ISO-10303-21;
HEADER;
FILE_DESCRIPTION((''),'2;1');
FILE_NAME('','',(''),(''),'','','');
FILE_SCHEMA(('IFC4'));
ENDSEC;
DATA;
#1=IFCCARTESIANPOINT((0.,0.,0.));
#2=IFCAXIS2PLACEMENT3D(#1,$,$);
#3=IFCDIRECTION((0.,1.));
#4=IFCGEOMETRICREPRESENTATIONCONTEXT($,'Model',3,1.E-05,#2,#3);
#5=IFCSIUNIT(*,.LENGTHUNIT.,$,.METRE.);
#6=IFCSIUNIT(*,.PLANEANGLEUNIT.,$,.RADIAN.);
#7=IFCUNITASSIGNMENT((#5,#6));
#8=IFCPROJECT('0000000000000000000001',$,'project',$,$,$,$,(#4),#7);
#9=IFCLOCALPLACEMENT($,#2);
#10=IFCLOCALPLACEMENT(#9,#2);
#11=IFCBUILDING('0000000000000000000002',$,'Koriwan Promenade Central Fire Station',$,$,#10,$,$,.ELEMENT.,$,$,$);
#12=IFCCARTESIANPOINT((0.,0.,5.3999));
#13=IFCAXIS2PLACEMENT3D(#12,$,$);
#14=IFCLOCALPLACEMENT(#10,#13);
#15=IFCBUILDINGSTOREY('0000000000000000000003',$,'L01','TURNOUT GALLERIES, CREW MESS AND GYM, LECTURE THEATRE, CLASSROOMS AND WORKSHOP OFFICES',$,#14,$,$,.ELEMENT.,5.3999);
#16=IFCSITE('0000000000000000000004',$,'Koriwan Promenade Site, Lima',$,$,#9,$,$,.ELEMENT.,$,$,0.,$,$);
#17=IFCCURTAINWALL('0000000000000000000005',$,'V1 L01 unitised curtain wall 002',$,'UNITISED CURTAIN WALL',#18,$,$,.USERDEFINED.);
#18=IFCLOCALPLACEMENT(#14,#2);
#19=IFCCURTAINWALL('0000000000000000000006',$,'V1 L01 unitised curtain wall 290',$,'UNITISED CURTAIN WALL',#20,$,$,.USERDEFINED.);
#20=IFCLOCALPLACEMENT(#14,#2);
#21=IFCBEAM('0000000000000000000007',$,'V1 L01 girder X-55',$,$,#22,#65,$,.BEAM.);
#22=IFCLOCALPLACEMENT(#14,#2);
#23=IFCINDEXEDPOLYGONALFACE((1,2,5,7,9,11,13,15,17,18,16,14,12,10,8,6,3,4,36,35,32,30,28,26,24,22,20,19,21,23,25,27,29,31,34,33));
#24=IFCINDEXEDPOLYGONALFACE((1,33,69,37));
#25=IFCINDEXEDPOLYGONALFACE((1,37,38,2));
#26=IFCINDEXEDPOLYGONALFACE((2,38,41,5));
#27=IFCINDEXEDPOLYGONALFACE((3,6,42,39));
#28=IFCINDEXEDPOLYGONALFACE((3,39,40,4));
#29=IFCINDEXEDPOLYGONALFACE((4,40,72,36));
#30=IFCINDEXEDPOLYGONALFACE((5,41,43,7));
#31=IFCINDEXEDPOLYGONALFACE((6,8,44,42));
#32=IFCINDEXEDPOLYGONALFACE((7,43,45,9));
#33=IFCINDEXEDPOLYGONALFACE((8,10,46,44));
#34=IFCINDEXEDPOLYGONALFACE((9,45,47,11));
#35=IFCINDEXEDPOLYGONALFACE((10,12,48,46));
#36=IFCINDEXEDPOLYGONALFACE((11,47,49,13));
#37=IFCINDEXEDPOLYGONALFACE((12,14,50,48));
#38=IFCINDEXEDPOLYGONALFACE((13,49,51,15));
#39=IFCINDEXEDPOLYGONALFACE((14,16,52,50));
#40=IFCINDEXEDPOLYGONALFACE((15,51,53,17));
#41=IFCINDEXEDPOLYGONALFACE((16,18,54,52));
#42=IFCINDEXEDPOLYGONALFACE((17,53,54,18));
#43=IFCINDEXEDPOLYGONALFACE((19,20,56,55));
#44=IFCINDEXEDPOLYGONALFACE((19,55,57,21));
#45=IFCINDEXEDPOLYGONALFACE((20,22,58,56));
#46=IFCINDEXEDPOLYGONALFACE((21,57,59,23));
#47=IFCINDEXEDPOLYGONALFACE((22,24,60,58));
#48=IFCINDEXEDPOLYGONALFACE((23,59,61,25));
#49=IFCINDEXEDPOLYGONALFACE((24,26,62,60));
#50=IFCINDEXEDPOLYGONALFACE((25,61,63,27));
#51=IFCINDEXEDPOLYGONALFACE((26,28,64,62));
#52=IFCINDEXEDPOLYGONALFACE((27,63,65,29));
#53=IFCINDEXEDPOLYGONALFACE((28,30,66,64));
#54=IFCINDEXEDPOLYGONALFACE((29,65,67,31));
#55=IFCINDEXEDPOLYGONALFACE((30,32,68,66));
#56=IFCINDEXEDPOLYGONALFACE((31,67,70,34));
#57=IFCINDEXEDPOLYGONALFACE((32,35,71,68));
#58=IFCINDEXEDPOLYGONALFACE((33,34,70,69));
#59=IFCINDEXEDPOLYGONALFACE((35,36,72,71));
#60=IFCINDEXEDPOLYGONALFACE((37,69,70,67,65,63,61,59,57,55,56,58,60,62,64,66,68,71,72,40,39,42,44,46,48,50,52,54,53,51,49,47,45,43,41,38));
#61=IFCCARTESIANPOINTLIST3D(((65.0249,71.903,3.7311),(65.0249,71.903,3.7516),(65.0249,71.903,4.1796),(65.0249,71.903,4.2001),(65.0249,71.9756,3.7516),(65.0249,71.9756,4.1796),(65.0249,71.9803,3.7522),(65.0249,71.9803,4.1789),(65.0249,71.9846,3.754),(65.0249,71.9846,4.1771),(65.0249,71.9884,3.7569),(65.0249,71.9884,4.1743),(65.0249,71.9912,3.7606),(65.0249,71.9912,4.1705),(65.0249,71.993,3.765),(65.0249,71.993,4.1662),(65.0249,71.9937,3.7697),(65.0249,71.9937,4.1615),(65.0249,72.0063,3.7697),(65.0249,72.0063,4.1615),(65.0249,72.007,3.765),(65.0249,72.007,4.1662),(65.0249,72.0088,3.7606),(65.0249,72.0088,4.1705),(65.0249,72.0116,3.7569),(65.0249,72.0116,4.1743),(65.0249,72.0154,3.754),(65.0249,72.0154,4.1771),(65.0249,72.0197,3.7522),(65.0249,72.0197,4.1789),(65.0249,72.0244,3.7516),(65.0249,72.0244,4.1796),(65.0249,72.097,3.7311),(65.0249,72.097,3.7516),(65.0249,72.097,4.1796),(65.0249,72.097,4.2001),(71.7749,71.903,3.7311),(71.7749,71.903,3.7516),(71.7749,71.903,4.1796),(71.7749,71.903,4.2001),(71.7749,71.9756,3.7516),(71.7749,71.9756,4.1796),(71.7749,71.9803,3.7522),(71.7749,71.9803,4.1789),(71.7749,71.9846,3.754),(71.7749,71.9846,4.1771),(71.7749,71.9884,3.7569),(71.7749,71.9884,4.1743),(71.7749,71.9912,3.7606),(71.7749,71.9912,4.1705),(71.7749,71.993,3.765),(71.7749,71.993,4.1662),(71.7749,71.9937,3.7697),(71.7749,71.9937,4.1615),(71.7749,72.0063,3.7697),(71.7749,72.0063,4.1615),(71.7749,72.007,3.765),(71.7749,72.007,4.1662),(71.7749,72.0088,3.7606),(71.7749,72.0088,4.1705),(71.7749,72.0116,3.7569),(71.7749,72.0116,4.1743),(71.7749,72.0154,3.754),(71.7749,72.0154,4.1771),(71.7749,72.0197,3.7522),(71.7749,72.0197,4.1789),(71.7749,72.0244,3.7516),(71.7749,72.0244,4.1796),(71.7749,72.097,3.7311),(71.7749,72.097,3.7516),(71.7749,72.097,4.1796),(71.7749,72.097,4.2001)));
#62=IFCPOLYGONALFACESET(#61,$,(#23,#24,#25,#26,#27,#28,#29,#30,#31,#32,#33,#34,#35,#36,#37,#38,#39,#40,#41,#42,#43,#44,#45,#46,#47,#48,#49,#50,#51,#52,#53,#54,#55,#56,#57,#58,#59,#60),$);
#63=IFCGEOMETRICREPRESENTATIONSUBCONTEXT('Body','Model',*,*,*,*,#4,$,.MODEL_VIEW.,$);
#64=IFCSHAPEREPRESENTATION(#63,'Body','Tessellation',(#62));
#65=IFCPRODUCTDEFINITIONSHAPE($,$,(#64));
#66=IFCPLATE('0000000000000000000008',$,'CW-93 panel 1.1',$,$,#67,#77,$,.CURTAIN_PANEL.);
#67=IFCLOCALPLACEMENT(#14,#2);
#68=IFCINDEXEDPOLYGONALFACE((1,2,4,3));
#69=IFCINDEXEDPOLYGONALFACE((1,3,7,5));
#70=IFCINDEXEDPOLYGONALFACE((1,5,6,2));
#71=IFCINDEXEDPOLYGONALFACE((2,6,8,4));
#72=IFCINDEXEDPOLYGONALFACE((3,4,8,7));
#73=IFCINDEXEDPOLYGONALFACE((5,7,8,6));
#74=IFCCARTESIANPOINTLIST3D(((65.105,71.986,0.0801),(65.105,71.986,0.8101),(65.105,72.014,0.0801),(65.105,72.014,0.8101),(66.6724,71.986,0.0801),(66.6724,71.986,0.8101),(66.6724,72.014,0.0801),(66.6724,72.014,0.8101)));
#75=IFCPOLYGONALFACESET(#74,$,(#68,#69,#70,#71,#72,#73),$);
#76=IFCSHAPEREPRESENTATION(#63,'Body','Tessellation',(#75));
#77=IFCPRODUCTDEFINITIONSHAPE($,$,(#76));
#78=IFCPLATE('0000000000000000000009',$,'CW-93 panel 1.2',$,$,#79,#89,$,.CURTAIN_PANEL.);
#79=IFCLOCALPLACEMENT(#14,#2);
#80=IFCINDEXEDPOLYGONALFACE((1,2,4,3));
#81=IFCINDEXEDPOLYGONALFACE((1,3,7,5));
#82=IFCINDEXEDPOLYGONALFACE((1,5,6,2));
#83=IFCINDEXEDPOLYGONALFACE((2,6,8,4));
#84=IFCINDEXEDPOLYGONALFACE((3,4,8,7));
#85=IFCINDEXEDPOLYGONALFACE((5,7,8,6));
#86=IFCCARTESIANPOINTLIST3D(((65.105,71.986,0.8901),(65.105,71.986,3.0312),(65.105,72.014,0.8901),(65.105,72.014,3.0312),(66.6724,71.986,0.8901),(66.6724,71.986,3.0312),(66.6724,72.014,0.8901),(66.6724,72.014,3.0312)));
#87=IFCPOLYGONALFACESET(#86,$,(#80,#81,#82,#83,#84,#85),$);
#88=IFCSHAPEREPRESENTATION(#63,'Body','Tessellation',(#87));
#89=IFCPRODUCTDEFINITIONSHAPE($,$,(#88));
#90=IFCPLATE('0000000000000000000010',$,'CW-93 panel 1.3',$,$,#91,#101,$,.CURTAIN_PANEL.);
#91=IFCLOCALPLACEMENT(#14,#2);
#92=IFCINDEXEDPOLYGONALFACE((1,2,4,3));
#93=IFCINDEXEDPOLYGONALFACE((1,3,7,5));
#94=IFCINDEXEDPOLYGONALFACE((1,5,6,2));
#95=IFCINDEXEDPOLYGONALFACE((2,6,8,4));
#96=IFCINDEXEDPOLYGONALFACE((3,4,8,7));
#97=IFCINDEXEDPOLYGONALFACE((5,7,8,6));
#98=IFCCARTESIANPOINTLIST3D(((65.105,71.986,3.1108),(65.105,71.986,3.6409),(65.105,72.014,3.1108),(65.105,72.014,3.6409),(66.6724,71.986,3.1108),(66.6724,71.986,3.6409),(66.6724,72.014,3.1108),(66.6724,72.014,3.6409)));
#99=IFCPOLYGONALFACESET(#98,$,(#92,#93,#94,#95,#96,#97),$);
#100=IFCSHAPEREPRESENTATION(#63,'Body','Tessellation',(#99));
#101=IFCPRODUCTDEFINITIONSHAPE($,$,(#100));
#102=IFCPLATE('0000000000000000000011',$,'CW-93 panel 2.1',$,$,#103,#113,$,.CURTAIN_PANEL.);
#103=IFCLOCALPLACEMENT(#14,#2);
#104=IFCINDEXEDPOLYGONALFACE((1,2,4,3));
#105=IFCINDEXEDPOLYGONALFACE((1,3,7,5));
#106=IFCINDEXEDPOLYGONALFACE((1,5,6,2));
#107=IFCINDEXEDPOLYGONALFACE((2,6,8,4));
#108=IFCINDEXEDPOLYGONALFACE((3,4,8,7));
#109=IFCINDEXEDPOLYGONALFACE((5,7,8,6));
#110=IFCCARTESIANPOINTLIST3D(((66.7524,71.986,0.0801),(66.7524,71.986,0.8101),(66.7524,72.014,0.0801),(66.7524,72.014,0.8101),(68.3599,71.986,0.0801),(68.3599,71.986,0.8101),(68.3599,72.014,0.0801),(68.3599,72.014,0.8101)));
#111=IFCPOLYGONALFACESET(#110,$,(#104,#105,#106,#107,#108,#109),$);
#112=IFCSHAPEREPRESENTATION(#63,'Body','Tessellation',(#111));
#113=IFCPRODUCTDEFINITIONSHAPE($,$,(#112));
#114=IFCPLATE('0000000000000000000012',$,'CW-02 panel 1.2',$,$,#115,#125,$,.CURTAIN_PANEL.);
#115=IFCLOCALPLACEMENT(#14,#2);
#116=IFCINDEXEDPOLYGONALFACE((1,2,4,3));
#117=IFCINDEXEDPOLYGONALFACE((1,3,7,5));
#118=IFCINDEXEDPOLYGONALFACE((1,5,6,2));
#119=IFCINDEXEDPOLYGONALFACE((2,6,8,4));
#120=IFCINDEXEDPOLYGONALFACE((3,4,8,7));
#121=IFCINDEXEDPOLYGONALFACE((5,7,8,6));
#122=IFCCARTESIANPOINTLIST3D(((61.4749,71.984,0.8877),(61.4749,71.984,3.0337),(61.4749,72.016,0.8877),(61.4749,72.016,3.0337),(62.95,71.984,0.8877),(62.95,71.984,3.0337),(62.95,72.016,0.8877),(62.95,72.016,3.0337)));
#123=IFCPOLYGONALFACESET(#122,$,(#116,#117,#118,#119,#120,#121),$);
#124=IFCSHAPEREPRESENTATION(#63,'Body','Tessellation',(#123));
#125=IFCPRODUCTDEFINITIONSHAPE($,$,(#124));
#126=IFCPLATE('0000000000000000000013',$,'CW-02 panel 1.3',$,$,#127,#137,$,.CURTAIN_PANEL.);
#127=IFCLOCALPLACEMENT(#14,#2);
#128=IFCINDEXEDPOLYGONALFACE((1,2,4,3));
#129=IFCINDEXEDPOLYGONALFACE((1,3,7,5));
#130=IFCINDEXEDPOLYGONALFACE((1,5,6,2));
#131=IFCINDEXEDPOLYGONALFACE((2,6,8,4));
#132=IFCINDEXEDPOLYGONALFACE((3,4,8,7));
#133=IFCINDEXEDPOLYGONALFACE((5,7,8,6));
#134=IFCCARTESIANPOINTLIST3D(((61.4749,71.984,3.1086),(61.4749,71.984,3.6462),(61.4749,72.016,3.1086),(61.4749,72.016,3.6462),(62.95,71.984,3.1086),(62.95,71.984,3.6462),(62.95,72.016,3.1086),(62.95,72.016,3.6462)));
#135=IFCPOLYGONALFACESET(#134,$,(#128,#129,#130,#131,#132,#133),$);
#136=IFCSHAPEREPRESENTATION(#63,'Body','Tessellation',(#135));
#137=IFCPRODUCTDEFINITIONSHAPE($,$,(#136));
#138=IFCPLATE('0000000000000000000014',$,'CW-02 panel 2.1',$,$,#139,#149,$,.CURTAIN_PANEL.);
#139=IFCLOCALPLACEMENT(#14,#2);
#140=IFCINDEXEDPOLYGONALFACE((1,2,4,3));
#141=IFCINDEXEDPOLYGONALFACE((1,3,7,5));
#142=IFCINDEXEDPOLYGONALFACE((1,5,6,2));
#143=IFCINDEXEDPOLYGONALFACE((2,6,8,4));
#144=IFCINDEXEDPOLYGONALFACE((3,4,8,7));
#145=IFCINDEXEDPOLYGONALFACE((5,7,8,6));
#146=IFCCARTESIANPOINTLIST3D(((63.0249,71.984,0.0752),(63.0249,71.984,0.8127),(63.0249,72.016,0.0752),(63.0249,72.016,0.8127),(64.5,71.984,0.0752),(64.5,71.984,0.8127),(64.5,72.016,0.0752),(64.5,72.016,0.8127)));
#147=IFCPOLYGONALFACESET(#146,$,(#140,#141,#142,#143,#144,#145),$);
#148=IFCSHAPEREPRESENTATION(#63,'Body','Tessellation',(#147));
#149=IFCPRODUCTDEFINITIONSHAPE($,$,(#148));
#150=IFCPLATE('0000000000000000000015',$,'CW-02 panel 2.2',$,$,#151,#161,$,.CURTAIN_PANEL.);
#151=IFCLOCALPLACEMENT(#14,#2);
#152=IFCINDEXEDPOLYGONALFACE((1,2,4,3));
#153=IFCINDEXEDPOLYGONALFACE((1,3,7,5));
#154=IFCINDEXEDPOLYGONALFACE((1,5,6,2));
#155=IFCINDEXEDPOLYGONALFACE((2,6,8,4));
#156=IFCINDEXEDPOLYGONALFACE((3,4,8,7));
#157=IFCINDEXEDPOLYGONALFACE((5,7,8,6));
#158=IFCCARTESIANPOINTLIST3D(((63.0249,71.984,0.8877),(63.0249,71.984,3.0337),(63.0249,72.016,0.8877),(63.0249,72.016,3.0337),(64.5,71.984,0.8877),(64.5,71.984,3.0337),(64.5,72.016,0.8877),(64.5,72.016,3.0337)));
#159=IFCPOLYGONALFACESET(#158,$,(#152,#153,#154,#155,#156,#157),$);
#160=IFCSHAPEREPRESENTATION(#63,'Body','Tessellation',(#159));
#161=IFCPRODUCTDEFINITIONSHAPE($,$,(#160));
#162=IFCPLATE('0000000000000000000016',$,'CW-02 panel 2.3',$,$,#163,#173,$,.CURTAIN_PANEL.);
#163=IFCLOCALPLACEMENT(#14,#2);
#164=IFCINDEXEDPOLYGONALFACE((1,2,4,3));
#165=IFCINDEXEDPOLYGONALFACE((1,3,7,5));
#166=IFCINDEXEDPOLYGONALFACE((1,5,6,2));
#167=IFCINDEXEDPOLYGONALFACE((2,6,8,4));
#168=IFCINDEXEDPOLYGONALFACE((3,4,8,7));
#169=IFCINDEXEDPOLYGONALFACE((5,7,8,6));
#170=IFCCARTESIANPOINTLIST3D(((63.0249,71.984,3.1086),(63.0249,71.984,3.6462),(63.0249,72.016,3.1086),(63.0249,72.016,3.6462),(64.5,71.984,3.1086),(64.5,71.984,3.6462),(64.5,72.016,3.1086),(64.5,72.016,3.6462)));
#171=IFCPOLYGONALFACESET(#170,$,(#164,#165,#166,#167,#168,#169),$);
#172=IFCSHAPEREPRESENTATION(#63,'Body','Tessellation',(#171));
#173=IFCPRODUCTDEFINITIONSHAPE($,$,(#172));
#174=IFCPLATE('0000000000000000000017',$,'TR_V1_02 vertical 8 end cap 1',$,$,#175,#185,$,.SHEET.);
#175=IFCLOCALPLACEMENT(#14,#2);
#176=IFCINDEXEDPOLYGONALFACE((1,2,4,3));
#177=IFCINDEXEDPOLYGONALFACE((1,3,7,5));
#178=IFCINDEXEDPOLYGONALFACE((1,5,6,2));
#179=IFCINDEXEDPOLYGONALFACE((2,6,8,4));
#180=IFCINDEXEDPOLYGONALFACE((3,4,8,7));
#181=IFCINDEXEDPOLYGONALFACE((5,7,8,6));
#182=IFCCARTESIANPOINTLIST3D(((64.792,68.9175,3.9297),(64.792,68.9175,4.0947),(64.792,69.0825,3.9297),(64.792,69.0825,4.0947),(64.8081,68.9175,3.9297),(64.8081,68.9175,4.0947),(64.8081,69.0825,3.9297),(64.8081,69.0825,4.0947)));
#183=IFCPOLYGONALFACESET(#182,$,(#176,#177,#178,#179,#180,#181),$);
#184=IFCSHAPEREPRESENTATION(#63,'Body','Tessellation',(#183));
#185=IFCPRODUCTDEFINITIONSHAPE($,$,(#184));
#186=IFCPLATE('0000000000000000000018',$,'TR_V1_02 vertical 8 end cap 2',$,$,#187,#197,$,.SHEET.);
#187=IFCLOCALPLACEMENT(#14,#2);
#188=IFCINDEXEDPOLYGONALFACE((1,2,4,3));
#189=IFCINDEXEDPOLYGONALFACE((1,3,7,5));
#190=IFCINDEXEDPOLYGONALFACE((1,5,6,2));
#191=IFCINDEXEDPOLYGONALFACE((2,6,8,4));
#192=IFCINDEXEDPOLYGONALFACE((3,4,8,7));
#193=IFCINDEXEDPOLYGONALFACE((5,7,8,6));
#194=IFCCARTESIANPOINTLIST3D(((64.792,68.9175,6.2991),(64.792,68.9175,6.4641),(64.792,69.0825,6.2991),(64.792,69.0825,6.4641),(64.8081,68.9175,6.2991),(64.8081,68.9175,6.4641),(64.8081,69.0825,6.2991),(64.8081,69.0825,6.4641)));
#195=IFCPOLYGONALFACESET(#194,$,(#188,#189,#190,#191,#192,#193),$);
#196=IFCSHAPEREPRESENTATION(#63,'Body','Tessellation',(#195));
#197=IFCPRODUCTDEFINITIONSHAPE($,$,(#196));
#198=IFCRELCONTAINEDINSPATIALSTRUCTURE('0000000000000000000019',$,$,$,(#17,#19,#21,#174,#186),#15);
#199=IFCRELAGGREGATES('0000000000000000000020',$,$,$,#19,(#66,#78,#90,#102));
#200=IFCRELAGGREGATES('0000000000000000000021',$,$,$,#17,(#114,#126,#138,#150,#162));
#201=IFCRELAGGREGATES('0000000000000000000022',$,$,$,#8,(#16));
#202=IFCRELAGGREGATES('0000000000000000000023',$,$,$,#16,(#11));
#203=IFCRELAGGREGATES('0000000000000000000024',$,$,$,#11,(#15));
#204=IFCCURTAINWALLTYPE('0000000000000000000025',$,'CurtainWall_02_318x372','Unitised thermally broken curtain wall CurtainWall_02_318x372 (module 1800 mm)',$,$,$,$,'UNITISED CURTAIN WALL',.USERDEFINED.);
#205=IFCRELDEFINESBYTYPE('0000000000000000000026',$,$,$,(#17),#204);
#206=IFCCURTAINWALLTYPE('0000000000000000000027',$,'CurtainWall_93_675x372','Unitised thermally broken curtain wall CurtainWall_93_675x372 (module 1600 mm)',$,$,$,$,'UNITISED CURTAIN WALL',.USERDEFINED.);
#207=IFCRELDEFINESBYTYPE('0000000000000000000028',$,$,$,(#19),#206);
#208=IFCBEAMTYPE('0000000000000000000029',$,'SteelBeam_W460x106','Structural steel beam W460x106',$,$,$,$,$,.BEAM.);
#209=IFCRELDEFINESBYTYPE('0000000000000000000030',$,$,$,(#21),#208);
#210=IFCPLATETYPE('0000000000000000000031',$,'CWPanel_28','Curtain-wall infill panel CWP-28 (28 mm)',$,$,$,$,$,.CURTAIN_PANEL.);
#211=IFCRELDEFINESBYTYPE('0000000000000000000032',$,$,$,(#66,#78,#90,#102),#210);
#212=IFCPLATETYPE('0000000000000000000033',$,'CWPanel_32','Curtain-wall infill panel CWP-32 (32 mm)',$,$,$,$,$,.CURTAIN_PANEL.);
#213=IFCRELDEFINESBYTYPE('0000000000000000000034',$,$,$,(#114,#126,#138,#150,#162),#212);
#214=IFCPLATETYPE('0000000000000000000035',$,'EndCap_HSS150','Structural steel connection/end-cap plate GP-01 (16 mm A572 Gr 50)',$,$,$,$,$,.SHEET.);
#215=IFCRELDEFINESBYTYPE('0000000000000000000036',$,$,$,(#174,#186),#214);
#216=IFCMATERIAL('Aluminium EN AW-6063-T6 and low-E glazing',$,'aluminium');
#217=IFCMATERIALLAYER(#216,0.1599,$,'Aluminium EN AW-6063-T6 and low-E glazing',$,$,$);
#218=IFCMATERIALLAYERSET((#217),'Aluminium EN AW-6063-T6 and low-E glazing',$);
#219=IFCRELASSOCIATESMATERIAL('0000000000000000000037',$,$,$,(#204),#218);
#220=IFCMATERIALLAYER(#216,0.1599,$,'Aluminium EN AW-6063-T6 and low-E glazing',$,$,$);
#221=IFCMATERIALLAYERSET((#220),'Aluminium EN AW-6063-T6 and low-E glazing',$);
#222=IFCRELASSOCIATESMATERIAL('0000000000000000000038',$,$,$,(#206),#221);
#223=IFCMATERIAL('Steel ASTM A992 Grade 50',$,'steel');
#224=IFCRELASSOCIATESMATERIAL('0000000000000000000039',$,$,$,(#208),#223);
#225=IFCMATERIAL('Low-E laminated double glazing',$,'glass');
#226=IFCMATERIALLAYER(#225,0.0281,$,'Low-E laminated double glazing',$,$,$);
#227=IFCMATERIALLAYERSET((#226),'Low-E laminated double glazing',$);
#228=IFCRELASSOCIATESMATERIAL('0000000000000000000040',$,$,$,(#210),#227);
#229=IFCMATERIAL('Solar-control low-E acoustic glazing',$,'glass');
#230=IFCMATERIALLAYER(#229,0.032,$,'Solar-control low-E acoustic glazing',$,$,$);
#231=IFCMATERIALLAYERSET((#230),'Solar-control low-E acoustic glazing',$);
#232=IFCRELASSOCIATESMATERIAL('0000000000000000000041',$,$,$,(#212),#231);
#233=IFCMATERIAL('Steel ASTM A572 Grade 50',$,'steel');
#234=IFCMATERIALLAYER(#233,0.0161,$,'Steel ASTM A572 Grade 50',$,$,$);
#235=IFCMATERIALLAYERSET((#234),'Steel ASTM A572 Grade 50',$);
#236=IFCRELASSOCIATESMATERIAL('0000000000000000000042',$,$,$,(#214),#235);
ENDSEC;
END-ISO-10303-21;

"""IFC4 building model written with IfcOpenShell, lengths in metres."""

from ifc_helpers import new_model, si_unit, direction, frame, origin, origin_2d, place, context, subcontext, project, spatial, rectangle, i_section, extrude, material, layer, layer_set, material_profile, profile_set, type_object, element, aggregate, save


model = new_model("IFC4")

# Units and contexts
model_context = context("Model", 3, precision=1e-05, world=origin(), true_north=direction((0.0, 1.0)))
body_context = subcontext(model_context, "Body", "Model", "MODEL_VIEW")
ifc_project = project(units=[si_unit("LENGTHUNIT", "METRE"), si_unit("PLANEANGLEUNIT", "RADIAN")], contexts=[model_context])

# Site, building, storey
site_placement = place(None, origin())
site = spatial("IfcSite", under=ifc_project, at=site_placement, Name="Koriwan Promenade Site, Lima", CompositionType="ELEMENT", RefElevation=0.0)
building_placement = place(site_placement, origin())
building = spatial("IfcBuilding", under=site, at=building_placement, Name="Koriwan Promenade Central Fire Station", CompositionType="ELEMENT")
storey_placement = place(building_placement, frame((0.0, 0.0, 5.3999)))
storey = spatial("IfcBuildingStorey", under=building, at=storey_placement, Name="L01", Description="TURNOUT GALLERIES, CREW MESS AND GYM, LECTURE THEATRE, CLASSROOMS AND WORKSHOP OFFICES", CompositionType="ELEMENT", Elevation=5.3999)

# Curtain walls
ifc_material_1 = material(Name="Aluminium EN AW-6063-T6 and low-E glazing", Category="aluminium")
ifc_layer_1 = layer(ifc_material_1, 0.1599, Name="Aluminium EN AW-6063-T6 and low-E glazing")
ifc_layer_set_1 = layer_set([ifc_layer_1], Name="Aluminium EN AW-6063-T6 and low-E glazing")
curtain_wall_type_1 = type_object("IfcCurtainWallType", Name="CurtainWall_02_318x372", Description="Unitised thermally broken curtain wall CurtainWall_02_318x372 (module 1800 mm)", ElementType="UNITISED CURTAIN WALL", PredefinedType="USERDEFINED", material=ifc_layer_set_1)
curtain_wall_1_placement = place(storey_placement, origin())
curtain_wall_1 = element("IfcCurtainWall", 1, at=curtain_wall_1_placement, inside=storey, type_object=curtain_wall_type_1, Name="V1 L01 unitised curtain wall 002", ObjectType="UNITISED CURTAIN WALL", PredefinedType="USERDEFINED")
ifc_layer_2 = layer(ifc_material_1, 0.1599, Name="Aluminium EN AW-6063-T6 and low-E glazing")
ifc_layer_set_2 = layer_set([ifc_layer_2], Name="Aluminium EN AW-6063-T6 and low-E glazing")
curtain_wall_type_2 = type_object("IfcCurtainWallType", Name="CurtainWall_93_675x372", Description="Unitised thermally broken curtain wall CurtainWall_93_675x372 (module 1600 mm)", ElementType="UNITISED CURTAIN WALL", PredefinedType="USERDEFINED", material=ifc_layer_set_2)
curtain_wall_2_placement = place(storey_placement, origin())
curtain_wall_2 = element("IfcCurtainWall", 2, at=curtain_wall_2_placement, inside=storey, type_object=curtain_wall_type_2, Name="V1 L01 unitised curtain wall 290", ObjectType="UNITISED CURTAIN WALL", PredefinedType="USERDEFINED")

# Beam
ifc_material_2 = material(Name="Steel ASTM A992 Grade 50", Category="steel")
ifc_material_profile_1 = material_profile(ifc_material_2, i_section(OverallWidth=0.1941, OverallDepth=0.469, WebThickness=0.0127, FlangeThickness=0.0205, FilletRadius=0.0181, at=origin_2d()), Name="W460x106")
ifc_profile_set_1 = profile_set([ifc_material_profile_1], Name="Steel ASTM A992 Grade 50")
beam_type = type_object("IfcBeamType", Name="SteelBeam_W460x106", Description="Structural steel beam W460x106", PredefinedType="BEAM", material=ifc_profile_set_1)
beam_placement = place(storey_placement, frame((65.0249, 72.0, 3.9656), z_axis=(1.0, 0.0, 0.0), x_axis=(0.0, 1.0, 0.0)))
element("IfcBeam", 3, at=beam_placement, inside=storey, type_object=beam_type, Name="V1 L01 girder X-55", PredefinedType="BEAM", context=body_context, shape_type="SweptSolid", body=[
    extrude(i_section(OverallWidth=0.1941, OverallDepth=0.469, WebThickness=0.0127, FlangeThickness=0.0205, FilletRadius=0.0181, at=origin_2d()), origin(), (0.0, 0.0, 1.0), 6.75),
])

# Plates
ifc_material_3 = material(Name="Low-E laminated double glazing", Category="glass")
ifc_layer_3 = layer(ifc_material_3, 0.0281, Name="Low-E laminated double glazing")
ifc_layer_set_3 = layer_set([ifc_layer_3], Name="Low-E laminated double glazing")
plate_type_1 = type_object("IfcPlateType", Name="CWPanel_28", Description="Curtain-wall infill panel CWP-28 (28 mm)", PredefinedType="CURTAIN_PANEL", material=ifc_layer_set_3)
plate_1_placement = place(storey_placement, frame((65.8887, 72.0, 0.0801), z_axis=(0.0, 0.0, 1.0), x_axis=(1.0, 0.0, 0.0)))
plate_1 = element("IfcPlate", 4, at=plate_1_placement, type_object=plate_type_1, Name="CW-93 panel 1.1", PredefinedType="CURTAIN_PANEL", context=body_context, shape_type="SweptSolid", body=[
    extrude(rectangle(XDim=1.5674, YDim=0.0281, at=origin_2d()), origin(), (0.0, 0.0, 1.0), 0.73),
])
plate_2_placement = place(storey_placement, frame((65.8887, 72.0, 0.8901), z_axis=(0.0, 0.0, 1.0), x_axis=(1.0, 0.0, 0.0)))
plate_2 = element("IfcPlate", 5, at=plate_2_placement, type_object=plate_type_1, Name="CW-93 panel 1.2", PredefinedType="CURTAIN_PANEL", context=body_context, shape_type="SweptSolid", body=[
    extrude(rectangle(XDim=1.5674, YDim=0.0281, at=origin_2d()), origin(), (0.0, 0.0, 1.0), 2.1411),
])
plate_3_placement = place(storey_placement, frame((65.8887, 72.0, 3.1108), z_axis=(0.0, 0.0, 1.0), x_axis=(1.0, 0.0, 0.0)))
plate_3 = element("IfcPlate", 6, at=plate_3_placement, type_object=plate_type_1, Name="CW-93 panel 1.3", PredefinedType="CURTAIN_PANEL", context=body_context, shape_type="SweptSolid", body=[
    extrude(rectangle(XDim=1.5674, YDim=0.0281, at=origin_2d()), origin(), (0.0, 0.0, 1.0), 0.53),
])
plate_4_placement = place(storey_placement, frame((67.5562, 72.0, 0.0801), z_axis=(0.0, 0.0, 1.0), x_axis=(1.0, 0.0, 0.0)))
plate_4 = element("IfcPlate", 7, at=plate_4_placement, type_object=plate_type_1, Name="CW-93 panel 2.1", PredefinedType="CURTAIN_PANEL", context=body_context, shape_type="SweptSolid", body=[
    extrude(rectangle(XDim=1.6074, YDim=0.0281, at=origin_2d()), origin(), (0.0, 0.0, 1.0), 0.73),
])
aggregate(curtain_wall_2, [plate_1, plate_2, plate_3, plate_4])
ifc_material_4 = material(Name="Solar-control low-E acoustic glazing", Category="glass")
ifc_layer_4 = layer(ifc_material_4, 0.032, Name="Solar-control low-E acoustic glazing")
ifc_layer_set_4 = layer_set([ifc_layer_4], Name="Solar-control low-E acoustic glazing")
plate_type_2 = type_object("IfcPlateType", Name="CWPanel_32", Description="Curtain-wall infill panel CWP-32 (32 mm)", PredefinedType="CURTAIN_PANEL", material=ifc_layer_set_4)
plate_5_placement = place(storey_placement, frame((62.2124, 72.0, 0.8877), z_axis=(0.0, 0.0, 1.0), x_axis=(1.0, 0.0, 0.0)))
plate_5 = element("IfcPlate", 8, at=plate_5_placement, type_object=plate_type_2, Name="CW-02 panel 1.2", PredefinedType="CURTAIN_PANEL", context=body_context, shape_type="SweptSolid", body=[
    extrude(rectangle(XDim=1.4751, YDim=0.032, at=origin_2d()), origin(), (0.0, 0.0, 1.0), 2.146),
])
plate_6_placement = place(storey_placement, frame((62.2124, 72.0, 3.1086), z_axis=(0.0, 0.0, 1.0), x_axis=(1.0, 0.0, 0.0)))
plate_6 = element("IfcPlate", 9, at=plate_6_placement, type_object=plate_type_2, Name="CW-02 panel 1.3", PredefinedType="CURTAIN_PANEL", context=body_context, shape_type="SweptSolid", body=[
    extrude(rectangle(XDim=1.4751, YDim=0.032, at=origin_2d()), origin(), (0.0, 0.0, 1.0), 0.5376),
])
plate_7_placement = place(storey_placement, frame((63.7625, 72.0, 0.0752), z_axis=(0.0, 0.0, 1.0), x_axis=(1.0, 0.0, 0.0)))
plate_7 = element("IfcPlate", 10, at=plate_7_placement, type_object=plate_type_2, Name="CW-02 panel 2.1", PredefinedType="CURTAIN_PANEL", context=body_context, shape_type="SweptSolid", body=[
    extrude(rectangle(XDim=1.4751, YDim=0.032, at=origin_2d()), origin(), (0.0, 0.0, 1.0), 0.7375),
])
plate_8_placement = place(storey_placement, frame((63.7625, 72.0, 0.8877), z_axis=(0.0, 0.0, 1.0), x_axis=(1.0, 0.0, 0.0)))
plate_8 = element("IfcPlate", 11, at=plate_8_placement, type_object=plate_type_2, Name="CW-02 panel 2.2", PredefinedType="CURTAIN_PANEL", context=body_context, shape_type="SweptSolid", body=[
    extrude(rectangle(XDim=1.4751, YDim=0.032, at=origin_2d()), origin(), (0.0, 0.0, 1.0), 2.146),
])
plate_9_placement = place(storey_placement, frame((63.7625, 72.0, 3.1086), z_axis=(0.0, 0.0, 1.0), x_axis=(1.0, 0.0, 0.0)))
plate_9 = element("IfcPlate", 12, at=plate_9_placement, type_object=plate_type_2, Name="CW-02 panel 2.3", PredefinedType="CURTAIN_PANEL", context=body_context, shape_type="SweptSolid", body=[
    extrude(rectangle(XDim=1.4751, YDim=0.032, at=origin_2d()), origin(), (0.0, 0.0, 1.0), 0.5376),
])
aggregate(curtain_wall_1, [plate_5, plate_6, plate_7, plate_8, plate_9])

# Plates
ifc_material_5 = material(Name="Steel ASTM A572 Grade 50", Category="steel")
ifc_layer_5 = layer(ifc_material_5, 0.0161, Name="Steel ASTM A572 Grade 50")
ifc_layer_set_5 = layer_set([ifc_layer_5], Name="Steel ASTM A572 Grade 50")
plate_type_3 = type_object("IfcPlateType", Name="EndCap_HSS150", Description="Structural steel connection/end-cap plate GP-01 (16 mm A572 Gr 50)", PredefinedType="SHEET", material=ifc_layer_set_5)
for number, where, z_axis, x_axis, name in (
    (13, (64.8, 69.0, 3.9297), (0.0, 0.0, 1.0), (1.0, 0.0, 0.0), "TR_V1_02 vertical 8 end cap 1"),
    (14, (64.8, 69.0, 6.2991), (0.0, 0.0, 1.0), (1.0, 0.0, 0.0), "TR_V1_02 vertical 8 end cap 2"),
):
    element("IfcPlate", number, at=place(storey_placement, frame(where, z_axis=z_axis, x_axis=x_axis)), inside=storey, type_object=plate_type_3, Name=name, PredefinedType="SHEET", context=body_context, shape_type="SweptSolid", body=[
        extrude(rectangle(XDim=0.0161, YDim=0.165, at=origin_2d()), origin(), (0.0, 0.0, 1.0), 0.165),
    ])

save(model, "model.ifc")
